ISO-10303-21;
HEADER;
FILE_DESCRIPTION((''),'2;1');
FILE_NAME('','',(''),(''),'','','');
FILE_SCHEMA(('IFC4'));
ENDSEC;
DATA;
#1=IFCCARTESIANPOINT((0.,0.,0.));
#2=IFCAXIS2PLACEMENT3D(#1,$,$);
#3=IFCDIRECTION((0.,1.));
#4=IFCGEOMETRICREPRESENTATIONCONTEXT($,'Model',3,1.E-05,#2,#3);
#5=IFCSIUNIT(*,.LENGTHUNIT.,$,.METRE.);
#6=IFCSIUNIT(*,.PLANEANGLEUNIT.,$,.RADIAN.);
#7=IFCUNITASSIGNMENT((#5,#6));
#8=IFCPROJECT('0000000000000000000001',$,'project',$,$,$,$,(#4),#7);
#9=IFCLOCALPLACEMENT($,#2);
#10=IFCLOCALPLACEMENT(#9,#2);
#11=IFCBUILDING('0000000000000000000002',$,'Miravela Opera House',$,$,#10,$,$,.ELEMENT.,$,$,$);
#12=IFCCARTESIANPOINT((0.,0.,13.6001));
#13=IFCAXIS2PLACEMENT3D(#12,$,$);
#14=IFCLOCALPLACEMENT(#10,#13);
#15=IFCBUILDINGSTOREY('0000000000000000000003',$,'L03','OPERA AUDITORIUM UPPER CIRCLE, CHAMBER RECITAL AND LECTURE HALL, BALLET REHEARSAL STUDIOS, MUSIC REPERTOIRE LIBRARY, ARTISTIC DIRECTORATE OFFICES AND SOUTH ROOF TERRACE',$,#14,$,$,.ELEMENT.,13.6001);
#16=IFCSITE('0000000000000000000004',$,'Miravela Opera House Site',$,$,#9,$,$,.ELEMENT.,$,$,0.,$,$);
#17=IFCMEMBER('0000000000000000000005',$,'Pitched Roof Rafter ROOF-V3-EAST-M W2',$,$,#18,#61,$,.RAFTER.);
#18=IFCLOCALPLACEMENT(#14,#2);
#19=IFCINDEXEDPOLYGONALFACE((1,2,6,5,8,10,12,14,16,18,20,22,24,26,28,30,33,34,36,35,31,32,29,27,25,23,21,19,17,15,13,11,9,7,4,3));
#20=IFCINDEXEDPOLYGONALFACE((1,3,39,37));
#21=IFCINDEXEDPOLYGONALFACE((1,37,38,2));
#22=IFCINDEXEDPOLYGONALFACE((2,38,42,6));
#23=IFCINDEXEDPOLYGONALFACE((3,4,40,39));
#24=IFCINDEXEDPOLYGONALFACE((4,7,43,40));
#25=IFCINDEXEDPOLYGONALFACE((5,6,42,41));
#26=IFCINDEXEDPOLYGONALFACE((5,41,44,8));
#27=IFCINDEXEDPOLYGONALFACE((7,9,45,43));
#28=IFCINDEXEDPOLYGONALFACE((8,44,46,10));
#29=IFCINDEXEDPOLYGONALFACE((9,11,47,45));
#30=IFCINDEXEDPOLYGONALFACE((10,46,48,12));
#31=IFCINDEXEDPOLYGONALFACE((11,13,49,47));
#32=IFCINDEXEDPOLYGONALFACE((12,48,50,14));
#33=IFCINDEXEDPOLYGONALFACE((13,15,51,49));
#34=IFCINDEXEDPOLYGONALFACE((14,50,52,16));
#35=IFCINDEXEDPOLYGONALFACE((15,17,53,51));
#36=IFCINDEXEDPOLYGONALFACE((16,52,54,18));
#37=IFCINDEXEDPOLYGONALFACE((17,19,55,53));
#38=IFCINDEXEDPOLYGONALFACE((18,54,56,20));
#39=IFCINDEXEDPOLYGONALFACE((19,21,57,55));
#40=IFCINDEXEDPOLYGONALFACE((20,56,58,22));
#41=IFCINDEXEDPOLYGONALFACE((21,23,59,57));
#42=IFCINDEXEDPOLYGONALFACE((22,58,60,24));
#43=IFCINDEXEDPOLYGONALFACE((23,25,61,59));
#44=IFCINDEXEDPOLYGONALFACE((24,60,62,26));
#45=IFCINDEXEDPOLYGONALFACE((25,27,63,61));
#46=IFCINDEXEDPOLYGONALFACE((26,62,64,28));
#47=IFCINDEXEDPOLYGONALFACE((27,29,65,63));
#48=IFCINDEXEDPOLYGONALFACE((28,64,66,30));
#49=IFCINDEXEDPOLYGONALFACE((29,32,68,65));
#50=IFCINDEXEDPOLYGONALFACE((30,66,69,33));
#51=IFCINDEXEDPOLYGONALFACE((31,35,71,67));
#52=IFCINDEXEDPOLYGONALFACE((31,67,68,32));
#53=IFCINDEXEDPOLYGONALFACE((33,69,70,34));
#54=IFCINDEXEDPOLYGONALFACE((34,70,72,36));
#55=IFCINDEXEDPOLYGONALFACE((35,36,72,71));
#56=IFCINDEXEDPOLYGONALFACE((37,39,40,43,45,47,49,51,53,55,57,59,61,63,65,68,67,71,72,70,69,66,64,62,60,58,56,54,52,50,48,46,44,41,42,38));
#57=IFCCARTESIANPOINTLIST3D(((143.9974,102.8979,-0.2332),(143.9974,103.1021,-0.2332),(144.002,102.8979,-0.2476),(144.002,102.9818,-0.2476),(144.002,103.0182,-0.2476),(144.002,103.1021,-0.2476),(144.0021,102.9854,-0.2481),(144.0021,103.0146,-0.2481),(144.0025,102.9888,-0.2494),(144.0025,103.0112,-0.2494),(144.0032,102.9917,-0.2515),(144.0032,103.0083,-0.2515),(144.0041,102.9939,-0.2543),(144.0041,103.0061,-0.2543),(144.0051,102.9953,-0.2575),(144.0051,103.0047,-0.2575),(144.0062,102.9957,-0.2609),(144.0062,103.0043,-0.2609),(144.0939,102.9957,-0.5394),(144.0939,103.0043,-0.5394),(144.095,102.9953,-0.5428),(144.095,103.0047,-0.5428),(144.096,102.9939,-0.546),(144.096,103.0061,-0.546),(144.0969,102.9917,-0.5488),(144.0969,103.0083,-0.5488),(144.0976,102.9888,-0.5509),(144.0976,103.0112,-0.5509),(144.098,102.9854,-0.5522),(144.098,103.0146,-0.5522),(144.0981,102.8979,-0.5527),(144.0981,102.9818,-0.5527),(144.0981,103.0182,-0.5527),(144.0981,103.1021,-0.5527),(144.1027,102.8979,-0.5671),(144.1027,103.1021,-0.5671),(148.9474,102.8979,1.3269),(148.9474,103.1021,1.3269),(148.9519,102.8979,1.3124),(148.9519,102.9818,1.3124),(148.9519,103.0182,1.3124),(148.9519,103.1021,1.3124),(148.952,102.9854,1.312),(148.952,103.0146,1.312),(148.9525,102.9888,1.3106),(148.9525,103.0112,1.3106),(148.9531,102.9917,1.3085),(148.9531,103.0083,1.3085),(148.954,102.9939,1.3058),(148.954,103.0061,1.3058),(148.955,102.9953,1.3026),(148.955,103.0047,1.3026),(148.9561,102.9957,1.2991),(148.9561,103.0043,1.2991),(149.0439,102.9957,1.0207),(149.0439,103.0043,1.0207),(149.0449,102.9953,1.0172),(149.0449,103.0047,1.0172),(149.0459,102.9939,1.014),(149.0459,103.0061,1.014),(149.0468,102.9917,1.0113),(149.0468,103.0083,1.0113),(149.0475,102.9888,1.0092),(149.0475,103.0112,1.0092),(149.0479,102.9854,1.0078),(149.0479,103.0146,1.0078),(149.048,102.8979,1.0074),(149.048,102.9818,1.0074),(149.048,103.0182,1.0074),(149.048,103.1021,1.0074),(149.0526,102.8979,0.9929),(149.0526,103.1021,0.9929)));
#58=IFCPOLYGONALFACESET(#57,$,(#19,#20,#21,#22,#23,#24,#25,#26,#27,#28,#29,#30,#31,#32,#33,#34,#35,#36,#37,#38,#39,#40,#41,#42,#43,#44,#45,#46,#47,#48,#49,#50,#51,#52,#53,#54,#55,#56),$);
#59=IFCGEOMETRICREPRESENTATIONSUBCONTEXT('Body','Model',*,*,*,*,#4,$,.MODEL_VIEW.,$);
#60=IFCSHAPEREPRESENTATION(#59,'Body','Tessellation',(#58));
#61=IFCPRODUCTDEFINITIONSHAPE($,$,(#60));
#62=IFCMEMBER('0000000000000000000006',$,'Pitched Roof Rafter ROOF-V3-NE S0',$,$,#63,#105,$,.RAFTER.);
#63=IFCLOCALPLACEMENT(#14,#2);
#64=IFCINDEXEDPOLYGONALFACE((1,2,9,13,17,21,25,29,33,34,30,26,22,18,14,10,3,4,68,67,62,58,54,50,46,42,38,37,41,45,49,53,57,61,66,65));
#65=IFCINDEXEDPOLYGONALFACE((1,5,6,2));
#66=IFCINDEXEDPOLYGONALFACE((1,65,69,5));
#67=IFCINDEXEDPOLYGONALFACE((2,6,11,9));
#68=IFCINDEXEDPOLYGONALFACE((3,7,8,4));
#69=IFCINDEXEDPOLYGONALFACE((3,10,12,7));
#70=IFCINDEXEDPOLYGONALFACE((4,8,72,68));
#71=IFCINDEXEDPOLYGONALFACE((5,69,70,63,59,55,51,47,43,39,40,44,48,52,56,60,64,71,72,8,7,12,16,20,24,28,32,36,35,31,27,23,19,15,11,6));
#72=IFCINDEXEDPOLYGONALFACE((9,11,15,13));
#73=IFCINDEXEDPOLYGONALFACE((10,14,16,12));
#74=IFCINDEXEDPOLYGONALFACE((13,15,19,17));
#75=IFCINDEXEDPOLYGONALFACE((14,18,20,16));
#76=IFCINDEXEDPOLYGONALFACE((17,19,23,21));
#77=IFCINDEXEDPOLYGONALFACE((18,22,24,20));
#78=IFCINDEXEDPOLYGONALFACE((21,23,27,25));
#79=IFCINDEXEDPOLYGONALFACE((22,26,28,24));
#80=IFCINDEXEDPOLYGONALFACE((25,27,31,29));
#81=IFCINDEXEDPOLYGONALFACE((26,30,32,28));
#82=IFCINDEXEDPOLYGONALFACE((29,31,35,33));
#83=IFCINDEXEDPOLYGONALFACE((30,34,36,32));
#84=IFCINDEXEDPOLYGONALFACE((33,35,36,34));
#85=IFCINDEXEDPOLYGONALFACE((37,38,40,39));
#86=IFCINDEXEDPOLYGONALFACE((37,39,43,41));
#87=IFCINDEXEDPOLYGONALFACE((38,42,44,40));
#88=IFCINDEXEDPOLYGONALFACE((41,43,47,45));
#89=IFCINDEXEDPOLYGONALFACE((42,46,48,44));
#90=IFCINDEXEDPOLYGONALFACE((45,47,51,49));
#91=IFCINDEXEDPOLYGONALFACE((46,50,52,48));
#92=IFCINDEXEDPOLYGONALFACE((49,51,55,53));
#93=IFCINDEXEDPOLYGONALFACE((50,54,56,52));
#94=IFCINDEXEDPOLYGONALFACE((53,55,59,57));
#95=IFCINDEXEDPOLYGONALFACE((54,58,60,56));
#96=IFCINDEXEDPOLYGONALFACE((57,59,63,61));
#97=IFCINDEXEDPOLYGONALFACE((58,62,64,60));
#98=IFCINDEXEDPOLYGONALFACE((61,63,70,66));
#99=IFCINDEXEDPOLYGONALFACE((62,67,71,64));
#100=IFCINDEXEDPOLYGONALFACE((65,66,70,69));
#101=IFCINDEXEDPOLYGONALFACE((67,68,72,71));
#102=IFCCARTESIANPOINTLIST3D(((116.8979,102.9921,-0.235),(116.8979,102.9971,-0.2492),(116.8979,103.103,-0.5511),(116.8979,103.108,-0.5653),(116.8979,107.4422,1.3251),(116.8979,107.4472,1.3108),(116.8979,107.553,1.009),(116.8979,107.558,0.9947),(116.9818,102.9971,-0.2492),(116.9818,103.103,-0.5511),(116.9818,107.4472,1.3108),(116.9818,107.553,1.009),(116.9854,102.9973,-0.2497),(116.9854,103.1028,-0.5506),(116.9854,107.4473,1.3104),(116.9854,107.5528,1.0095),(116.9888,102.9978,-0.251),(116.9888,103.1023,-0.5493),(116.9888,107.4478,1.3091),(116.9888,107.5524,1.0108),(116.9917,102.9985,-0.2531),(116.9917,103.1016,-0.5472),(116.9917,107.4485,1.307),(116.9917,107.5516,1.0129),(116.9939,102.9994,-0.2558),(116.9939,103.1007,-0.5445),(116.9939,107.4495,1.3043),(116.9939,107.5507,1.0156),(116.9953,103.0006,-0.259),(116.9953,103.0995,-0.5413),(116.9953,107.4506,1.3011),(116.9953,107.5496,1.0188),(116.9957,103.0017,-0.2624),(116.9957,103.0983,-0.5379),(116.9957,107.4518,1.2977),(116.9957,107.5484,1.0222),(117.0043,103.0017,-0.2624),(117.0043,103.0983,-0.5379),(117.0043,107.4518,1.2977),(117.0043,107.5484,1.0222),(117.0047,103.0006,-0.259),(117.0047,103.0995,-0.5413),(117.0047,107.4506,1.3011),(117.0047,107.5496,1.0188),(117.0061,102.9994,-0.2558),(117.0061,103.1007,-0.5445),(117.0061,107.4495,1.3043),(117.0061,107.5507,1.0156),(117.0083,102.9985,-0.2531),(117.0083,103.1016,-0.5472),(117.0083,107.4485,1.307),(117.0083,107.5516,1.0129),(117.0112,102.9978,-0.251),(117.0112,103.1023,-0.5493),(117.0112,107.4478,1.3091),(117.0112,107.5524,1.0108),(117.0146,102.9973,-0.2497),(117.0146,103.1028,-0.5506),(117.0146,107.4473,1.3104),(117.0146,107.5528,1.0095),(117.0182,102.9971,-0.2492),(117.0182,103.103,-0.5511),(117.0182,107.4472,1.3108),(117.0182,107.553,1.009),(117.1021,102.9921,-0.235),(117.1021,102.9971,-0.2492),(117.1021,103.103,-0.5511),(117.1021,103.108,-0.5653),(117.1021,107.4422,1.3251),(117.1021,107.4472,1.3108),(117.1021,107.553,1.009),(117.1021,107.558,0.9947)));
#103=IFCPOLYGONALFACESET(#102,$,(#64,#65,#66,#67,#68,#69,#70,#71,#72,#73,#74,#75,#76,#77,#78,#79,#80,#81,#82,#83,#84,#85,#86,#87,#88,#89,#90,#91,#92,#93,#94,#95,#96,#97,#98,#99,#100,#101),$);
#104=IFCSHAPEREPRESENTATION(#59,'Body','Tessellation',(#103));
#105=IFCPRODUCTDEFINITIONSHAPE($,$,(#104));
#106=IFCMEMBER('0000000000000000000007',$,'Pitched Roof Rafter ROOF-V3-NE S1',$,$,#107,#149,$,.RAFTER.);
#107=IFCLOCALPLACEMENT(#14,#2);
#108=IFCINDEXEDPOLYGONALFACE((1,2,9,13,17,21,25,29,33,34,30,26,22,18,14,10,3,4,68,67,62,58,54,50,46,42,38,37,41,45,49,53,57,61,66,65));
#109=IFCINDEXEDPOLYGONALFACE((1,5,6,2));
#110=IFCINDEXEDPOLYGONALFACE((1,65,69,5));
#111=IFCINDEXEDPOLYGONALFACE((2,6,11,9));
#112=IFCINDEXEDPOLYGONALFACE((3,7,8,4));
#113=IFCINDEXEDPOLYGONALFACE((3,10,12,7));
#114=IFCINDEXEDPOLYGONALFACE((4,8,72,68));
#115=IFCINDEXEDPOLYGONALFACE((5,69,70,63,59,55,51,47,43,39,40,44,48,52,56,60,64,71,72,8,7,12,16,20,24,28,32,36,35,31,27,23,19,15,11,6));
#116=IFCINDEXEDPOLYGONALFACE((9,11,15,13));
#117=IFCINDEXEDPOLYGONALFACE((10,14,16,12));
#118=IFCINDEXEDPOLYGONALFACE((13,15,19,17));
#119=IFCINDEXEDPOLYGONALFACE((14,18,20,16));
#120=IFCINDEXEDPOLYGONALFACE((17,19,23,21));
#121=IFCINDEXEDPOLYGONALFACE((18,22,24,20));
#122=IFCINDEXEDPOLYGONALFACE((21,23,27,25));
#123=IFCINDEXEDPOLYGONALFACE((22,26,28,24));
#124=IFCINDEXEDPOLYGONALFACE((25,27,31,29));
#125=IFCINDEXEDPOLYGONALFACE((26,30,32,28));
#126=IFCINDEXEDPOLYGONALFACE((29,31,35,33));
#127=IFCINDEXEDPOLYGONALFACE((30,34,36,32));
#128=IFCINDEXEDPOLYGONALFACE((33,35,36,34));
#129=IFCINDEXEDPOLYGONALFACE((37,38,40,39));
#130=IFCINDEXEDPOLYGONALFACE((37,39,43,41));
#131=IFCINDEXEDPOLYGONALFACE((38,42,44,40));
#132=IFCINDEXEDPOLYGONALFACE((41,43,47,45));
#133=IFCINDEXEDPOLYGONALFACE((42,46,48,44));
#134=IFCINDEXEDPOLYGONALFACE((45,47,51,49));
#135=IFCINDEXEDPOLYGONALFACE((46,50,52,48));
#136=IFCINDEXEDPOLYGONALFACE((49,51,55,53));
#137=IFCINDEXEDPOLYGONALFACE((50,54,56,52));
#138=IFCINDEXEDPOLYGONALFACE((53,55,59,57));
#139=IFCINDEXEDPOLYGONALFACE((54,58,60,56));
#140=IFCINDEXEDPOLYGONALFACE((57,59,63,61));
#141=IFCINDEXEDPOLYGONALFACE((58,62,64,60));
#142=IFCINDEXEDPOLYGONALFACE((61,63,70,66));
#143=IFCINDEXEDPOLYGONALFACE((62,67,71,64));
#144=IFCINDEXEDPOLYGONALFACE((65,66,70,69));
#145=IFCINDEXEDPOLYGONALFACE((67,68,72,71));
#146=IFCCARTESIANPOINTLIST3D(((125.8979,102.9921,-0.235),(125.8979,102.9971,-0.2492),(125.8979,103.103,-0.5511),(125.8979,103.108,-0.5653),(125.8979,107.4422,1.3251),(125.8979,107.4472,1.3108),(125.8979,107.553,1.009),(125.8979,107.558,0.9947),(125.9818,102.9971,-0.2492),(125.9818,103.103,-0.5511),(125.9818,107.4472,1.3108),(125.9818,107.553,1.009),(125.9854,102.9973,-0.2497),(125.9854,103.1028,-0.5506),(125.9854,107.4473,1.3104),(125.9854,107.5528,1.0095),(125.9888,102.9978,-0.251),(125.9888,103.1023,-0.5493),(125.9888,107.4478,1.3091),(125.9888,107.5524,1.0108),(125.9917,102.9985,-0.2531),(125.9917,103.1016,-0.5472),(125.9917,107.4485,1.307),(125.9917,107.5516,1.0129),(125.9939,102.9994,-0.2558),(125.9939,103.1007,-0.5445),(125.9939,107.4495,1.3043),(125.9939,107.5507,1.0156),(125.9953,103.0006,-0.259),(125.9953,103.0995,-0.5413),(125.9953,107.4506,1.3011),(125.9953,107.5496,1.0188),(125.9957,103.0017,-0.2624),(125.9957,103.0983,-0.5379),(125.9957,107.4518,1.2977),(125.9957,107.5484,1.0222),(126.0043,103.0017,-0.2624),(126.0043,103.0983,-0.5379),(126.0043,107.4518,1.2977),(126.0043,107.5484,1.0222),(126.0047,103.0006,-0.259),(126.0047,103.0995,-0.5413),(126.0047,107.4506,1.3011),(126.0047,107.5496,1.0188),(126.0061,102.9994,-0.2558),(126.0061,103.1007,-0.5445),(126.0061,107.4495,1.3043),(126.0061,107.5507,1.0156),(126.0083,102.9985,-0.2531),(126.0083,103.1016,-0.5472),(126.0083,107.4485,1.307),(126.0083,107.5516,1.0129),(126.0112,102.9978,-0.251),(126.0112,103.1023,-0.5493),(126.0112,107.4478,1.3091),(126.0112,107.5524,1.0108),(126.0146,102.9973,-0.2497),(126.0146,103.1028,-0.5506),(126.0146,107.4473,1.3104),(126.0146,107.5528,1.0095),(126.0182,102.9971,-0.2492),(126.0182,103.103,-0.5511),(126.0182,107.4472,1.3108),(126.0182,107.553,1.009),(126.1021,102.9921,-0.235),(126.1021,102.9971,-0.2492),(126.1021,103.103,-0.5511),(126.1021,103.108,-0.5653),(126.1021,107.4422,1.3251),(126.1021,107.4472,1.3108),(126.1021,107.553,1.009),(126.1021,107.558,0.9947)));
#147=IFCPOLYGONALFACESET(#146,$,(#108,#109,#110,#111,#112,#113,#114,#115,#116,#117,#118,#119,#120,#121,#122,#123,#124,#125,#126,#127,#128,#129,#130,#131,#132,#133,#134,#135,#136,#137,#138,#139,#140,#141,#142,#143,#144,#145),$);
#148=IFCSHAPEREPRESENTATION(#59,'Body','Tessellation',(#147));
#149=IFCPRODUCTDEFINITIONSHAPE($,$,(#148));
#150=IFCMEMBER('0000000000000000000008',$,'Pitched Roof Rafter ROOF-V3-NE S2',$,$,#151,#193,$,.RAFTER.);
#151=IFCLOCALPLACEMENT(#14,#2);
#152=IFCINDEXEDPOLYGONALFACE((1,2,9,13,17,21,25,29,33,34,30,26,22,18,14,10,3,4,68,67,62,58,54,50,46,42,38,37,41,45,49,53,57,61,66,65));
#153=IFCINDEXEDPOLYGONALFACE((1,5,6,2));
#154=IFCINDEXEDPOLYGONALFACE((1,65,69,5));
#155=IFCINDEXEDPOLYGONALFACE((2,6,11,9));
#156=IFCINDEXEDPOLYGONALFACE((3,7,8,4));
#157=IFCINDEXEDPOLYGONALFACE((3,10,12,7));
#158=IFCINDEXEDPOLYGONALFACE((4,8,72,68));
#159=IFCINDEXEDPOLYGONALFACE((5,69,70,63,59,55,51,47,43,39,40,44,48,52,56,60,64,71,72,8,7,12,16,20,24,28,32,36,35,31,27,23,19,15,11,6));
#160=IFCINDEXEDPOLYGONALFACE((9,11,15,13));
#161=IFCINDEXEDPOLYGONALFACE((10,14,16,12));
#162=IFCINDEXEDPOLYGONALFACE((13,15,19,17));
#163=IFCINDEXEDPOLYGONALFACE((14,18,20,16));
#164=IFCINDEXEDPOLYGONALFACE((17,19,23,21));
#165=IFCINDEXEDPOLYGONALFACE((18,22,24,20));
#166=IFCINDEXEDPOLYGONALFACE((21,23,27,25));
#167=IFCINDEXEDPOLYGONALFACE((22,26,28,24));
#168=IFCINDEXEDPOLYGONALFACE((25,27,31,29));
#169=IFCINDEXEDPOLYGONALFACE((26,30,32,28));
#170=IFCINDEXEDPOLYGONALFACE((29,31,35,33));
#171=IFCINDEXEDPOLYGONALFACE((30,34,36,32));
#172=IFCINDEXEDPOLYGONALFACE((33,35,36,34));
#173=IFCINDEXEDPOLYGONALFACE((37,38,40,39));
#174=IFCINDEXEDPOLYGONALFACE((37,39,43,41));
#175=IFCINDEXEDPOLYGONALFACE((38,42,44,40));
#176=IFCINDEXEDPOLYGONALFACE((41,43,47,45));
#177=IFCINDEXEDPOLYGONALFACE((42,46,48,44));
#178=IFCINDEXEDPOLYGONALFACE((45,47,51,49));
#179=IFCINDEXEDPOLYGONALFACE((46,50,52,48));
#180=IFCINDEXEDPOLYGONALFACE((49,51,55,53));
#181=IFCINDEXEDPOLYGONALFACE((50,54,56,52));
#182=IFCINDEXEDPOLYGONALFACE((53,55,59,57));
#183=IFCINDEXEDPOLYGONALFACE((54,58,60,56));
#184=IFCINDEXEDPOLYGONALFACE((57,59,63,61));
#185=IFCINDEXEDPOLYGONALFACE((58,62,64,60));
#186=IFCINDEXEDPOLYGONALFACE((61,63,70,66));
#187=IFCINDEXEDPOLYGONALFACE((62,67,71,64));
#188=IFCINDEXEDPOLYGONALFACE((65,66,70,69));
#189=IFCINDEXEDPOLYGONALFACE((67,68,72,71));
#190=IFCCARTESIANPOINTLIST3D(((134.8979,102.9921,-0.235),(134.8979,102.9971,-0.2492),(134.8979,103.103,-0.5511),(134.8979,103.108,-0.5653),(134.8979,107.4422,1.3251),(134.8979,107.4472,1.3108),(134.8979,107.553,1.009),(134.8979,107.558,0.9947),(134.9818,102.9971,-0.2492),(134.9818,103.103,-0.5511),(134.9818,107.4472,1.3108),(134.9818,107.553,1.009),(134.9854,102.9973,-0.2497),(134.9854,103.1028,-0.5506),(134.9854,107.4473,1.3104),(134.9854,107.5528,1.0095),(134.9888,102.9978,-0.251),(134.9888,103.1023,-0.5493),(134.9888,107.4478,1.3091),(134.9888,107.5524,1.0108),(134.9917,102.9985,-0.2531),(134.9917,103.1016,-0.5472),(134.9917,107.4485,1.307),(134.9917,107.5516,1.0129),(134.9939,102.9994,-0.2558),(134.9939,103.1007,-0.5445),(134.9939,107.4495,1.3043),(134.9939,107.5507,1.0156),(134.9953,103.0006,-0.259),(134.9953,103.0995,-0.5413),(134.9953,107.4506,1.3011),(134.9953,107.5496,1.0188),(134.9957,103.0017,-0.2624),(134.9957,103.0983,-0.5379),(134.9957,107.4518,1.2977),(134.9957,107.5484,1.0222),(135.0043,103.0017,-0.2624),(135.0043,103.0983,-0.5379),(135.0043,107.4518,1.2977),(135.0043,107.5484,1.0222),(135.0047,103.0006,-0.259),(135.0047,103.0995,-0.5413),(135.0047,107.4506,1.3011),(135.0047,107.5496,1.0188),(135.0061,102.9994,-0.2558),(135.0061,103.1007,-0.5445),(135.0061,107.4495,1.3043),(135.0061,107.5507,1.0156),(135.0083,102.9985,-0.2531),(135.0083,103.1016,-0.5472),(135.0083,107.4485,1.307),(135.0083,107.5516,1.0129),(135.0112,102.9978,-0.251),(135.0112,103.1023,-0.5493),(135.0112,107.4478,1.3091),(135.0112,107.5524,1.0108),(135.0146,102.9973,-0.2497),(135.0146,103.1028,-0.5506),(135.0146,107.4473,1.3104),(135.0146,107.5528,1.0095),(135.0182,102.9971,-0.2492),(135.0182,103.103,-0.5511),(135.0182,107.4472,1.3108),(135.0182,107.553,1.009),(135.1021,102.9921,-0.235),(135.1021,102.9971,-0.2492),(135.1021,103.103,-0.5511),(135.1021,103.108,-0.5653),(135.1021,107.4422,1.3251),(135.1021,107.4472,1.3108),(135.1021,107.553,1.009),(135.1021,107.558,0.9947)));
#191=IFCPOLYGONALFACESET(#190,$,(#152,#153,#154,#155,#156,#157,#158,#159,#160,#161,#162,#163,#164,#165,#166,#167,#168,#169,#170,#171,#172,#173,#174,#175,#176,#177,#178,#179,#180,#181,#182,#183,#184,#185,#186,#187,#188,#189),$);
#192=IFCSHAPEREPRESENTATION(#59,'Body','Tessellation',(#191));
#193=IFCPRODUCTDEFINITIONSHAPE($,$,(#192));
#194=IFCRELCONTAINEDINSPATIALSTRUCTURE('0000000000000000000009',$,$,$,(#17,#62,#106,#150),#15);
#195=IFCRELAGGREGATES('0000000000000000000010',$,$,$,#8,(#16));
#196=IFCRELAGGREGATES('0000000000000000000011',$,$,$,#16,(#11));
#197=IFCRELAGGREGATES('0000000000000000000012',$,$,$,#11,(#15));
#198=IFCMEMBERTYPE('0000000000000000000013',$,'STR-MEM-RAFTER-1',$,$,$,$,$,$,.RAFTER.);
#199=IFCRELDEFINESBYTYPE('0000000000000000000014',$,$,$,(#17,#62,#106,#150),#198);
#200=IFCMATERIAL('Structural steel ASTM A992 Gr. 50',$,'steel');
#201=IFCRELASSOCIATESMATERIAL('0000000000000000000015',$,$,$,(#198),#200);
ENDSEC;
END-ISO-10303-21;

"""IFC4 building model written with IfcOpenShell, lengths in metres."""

from ifc_helpers import new_model, si_unit, direction, frame, origin, origin_2d, place, context, subcontext, project, spatial, i_section, extrude, material, material_profile, profile_set, type_object, element, save


model = new_model("IFC4")

# Units and contexts
model_context = context("Model", 3, precision=1e-05, world=origin(), true_north=direction((0.0, 1.0)))
body_context = subcontext(model_context, "Body", "Model", "MODEL_VIEW")
ifc_project = project(units=[si_unit("LENGTHUNIT", "METRE"), si_unit("PLANEANGLEUNIT", "RADIAN")], contexts=[model_context])

# Site, building, storey
site_placement = place(None, origin())
site = spatial("IfcSite", under=ifc_project, at=site_placement, Name="Miravela Opera House Site", CompositionType="ELEMENT", RefElevation=0.0)
building_placement = place(site_placement, origin())
building = spatial("IfcBuilding", under=site, at=building_placement, Name="Miravela Opera House", CompositionType="ELEMENT")
storey_placement = place(building_placement, frame((0.0, 0.0, 13.6001)))
storey = spatial("IfcBuildingStorey", under=building, at=storey_placement, Name="L03", Description="OPERA AUDITORIUM UPPER CIRCLE, CHAMBER RECITAL AND LECTURE HALL, BALLET REHEARSAL STUDIOS, MUSIC REPERTOIRE LIBRARY, ARTISTIC DIRECTORATE OFFICES AND SOUTH ROOF TERRACE", CompositionType="ELEMENT", Elevation=13.6001)

# Shared definitions
ifc_material_1 = material(Name="Structural steel ASTM A992 Gr. 50", Category="steel")

# Members
ifc_material_profile_1 = material_profile(ifc_material_1, i_section(OverallWidth=0.2041, OverallDepth=0.3501, WebThickness=0.0085, FlangeThickness=0.0151, FilletRadius=0.0139, at=origin_2d()), Name="W360X72")
ifc_profile_set_1 = profile_set([ifc_material_profile_1])
member_type_1 = type_object("IfcMemberType", Name="STR-MEM-RAFTER-1", PredefinedType="RAFTER", material=ifc_profile_set_1)
for number, where, z_axis, x_axis, name in (
    (1, (144.05, 103.0, -0.4001), (0.953753, 0.0, 0.300591), (0.0, 1.0, 0.0), "Pitched Roof Rafter ROOF-V3-EAST-M W2"),
):
    element("IfcMember", number, at=place(storey_placement, frame(where, z_axis=z_axis, x_axis=x_axis)), inside=storey, type_object=member_type_1, Name=name, PredefinedType="RAFTER", context=body_context, shape_type="SweptSolid", body=[
        extrude(i_section(OverallWidth=0.2041, OverallDepth=0.3501, WebThickness=0.0085, FlangeThickness=0.0151, FilletRadius=0.0139, at=origin_2d()), origin(), (0.0, 0.0, 1.0), 5.1899),
    ])
for number, where, z_axis, x_axis, name in (
    (2, (117.0, 103.05, -0.4001), (0.0, 0.943688, 0.330837), (-1.0, 0.0, 0.0), "Pitched Roof Rafter ROOF-V3-NE S0"),
    (3, (126.0, 103.05, -0.4001), (0.0, 0.943688, 0.330837), (-1.0, 0.0, 0.0), "Pitched Roof Rafter ROOF-V3-NE S1"),
    (4, (135.0, 103.05, -0.4001), (0.0, 0.943688, 0.330837), (-1.0, 0.0, 0.0), "Pitched Roof Rafter ROOF-V3-NE S2"),
):
    element("IfcMember", number, at=place(storey_placement, frame(where, z_axis=z_axis, x_axis=x_axis)), inside=storey, type_object=member_type_1, Name=name, PredefinedType="RAFTER", context=body_context, shape_type="SweptSolid", body=[
        extrude(i_section(OverallWidth=0.2041, OverallDepth=0.3501, WebThickness=0.0085, FlangeThickness=0.0151, FilletRadius=0.0139, at=origin_2d()), origin(), (0.0, 0.0, 1.0), 4.7156),
    ])

save(model, "model.ifc")
